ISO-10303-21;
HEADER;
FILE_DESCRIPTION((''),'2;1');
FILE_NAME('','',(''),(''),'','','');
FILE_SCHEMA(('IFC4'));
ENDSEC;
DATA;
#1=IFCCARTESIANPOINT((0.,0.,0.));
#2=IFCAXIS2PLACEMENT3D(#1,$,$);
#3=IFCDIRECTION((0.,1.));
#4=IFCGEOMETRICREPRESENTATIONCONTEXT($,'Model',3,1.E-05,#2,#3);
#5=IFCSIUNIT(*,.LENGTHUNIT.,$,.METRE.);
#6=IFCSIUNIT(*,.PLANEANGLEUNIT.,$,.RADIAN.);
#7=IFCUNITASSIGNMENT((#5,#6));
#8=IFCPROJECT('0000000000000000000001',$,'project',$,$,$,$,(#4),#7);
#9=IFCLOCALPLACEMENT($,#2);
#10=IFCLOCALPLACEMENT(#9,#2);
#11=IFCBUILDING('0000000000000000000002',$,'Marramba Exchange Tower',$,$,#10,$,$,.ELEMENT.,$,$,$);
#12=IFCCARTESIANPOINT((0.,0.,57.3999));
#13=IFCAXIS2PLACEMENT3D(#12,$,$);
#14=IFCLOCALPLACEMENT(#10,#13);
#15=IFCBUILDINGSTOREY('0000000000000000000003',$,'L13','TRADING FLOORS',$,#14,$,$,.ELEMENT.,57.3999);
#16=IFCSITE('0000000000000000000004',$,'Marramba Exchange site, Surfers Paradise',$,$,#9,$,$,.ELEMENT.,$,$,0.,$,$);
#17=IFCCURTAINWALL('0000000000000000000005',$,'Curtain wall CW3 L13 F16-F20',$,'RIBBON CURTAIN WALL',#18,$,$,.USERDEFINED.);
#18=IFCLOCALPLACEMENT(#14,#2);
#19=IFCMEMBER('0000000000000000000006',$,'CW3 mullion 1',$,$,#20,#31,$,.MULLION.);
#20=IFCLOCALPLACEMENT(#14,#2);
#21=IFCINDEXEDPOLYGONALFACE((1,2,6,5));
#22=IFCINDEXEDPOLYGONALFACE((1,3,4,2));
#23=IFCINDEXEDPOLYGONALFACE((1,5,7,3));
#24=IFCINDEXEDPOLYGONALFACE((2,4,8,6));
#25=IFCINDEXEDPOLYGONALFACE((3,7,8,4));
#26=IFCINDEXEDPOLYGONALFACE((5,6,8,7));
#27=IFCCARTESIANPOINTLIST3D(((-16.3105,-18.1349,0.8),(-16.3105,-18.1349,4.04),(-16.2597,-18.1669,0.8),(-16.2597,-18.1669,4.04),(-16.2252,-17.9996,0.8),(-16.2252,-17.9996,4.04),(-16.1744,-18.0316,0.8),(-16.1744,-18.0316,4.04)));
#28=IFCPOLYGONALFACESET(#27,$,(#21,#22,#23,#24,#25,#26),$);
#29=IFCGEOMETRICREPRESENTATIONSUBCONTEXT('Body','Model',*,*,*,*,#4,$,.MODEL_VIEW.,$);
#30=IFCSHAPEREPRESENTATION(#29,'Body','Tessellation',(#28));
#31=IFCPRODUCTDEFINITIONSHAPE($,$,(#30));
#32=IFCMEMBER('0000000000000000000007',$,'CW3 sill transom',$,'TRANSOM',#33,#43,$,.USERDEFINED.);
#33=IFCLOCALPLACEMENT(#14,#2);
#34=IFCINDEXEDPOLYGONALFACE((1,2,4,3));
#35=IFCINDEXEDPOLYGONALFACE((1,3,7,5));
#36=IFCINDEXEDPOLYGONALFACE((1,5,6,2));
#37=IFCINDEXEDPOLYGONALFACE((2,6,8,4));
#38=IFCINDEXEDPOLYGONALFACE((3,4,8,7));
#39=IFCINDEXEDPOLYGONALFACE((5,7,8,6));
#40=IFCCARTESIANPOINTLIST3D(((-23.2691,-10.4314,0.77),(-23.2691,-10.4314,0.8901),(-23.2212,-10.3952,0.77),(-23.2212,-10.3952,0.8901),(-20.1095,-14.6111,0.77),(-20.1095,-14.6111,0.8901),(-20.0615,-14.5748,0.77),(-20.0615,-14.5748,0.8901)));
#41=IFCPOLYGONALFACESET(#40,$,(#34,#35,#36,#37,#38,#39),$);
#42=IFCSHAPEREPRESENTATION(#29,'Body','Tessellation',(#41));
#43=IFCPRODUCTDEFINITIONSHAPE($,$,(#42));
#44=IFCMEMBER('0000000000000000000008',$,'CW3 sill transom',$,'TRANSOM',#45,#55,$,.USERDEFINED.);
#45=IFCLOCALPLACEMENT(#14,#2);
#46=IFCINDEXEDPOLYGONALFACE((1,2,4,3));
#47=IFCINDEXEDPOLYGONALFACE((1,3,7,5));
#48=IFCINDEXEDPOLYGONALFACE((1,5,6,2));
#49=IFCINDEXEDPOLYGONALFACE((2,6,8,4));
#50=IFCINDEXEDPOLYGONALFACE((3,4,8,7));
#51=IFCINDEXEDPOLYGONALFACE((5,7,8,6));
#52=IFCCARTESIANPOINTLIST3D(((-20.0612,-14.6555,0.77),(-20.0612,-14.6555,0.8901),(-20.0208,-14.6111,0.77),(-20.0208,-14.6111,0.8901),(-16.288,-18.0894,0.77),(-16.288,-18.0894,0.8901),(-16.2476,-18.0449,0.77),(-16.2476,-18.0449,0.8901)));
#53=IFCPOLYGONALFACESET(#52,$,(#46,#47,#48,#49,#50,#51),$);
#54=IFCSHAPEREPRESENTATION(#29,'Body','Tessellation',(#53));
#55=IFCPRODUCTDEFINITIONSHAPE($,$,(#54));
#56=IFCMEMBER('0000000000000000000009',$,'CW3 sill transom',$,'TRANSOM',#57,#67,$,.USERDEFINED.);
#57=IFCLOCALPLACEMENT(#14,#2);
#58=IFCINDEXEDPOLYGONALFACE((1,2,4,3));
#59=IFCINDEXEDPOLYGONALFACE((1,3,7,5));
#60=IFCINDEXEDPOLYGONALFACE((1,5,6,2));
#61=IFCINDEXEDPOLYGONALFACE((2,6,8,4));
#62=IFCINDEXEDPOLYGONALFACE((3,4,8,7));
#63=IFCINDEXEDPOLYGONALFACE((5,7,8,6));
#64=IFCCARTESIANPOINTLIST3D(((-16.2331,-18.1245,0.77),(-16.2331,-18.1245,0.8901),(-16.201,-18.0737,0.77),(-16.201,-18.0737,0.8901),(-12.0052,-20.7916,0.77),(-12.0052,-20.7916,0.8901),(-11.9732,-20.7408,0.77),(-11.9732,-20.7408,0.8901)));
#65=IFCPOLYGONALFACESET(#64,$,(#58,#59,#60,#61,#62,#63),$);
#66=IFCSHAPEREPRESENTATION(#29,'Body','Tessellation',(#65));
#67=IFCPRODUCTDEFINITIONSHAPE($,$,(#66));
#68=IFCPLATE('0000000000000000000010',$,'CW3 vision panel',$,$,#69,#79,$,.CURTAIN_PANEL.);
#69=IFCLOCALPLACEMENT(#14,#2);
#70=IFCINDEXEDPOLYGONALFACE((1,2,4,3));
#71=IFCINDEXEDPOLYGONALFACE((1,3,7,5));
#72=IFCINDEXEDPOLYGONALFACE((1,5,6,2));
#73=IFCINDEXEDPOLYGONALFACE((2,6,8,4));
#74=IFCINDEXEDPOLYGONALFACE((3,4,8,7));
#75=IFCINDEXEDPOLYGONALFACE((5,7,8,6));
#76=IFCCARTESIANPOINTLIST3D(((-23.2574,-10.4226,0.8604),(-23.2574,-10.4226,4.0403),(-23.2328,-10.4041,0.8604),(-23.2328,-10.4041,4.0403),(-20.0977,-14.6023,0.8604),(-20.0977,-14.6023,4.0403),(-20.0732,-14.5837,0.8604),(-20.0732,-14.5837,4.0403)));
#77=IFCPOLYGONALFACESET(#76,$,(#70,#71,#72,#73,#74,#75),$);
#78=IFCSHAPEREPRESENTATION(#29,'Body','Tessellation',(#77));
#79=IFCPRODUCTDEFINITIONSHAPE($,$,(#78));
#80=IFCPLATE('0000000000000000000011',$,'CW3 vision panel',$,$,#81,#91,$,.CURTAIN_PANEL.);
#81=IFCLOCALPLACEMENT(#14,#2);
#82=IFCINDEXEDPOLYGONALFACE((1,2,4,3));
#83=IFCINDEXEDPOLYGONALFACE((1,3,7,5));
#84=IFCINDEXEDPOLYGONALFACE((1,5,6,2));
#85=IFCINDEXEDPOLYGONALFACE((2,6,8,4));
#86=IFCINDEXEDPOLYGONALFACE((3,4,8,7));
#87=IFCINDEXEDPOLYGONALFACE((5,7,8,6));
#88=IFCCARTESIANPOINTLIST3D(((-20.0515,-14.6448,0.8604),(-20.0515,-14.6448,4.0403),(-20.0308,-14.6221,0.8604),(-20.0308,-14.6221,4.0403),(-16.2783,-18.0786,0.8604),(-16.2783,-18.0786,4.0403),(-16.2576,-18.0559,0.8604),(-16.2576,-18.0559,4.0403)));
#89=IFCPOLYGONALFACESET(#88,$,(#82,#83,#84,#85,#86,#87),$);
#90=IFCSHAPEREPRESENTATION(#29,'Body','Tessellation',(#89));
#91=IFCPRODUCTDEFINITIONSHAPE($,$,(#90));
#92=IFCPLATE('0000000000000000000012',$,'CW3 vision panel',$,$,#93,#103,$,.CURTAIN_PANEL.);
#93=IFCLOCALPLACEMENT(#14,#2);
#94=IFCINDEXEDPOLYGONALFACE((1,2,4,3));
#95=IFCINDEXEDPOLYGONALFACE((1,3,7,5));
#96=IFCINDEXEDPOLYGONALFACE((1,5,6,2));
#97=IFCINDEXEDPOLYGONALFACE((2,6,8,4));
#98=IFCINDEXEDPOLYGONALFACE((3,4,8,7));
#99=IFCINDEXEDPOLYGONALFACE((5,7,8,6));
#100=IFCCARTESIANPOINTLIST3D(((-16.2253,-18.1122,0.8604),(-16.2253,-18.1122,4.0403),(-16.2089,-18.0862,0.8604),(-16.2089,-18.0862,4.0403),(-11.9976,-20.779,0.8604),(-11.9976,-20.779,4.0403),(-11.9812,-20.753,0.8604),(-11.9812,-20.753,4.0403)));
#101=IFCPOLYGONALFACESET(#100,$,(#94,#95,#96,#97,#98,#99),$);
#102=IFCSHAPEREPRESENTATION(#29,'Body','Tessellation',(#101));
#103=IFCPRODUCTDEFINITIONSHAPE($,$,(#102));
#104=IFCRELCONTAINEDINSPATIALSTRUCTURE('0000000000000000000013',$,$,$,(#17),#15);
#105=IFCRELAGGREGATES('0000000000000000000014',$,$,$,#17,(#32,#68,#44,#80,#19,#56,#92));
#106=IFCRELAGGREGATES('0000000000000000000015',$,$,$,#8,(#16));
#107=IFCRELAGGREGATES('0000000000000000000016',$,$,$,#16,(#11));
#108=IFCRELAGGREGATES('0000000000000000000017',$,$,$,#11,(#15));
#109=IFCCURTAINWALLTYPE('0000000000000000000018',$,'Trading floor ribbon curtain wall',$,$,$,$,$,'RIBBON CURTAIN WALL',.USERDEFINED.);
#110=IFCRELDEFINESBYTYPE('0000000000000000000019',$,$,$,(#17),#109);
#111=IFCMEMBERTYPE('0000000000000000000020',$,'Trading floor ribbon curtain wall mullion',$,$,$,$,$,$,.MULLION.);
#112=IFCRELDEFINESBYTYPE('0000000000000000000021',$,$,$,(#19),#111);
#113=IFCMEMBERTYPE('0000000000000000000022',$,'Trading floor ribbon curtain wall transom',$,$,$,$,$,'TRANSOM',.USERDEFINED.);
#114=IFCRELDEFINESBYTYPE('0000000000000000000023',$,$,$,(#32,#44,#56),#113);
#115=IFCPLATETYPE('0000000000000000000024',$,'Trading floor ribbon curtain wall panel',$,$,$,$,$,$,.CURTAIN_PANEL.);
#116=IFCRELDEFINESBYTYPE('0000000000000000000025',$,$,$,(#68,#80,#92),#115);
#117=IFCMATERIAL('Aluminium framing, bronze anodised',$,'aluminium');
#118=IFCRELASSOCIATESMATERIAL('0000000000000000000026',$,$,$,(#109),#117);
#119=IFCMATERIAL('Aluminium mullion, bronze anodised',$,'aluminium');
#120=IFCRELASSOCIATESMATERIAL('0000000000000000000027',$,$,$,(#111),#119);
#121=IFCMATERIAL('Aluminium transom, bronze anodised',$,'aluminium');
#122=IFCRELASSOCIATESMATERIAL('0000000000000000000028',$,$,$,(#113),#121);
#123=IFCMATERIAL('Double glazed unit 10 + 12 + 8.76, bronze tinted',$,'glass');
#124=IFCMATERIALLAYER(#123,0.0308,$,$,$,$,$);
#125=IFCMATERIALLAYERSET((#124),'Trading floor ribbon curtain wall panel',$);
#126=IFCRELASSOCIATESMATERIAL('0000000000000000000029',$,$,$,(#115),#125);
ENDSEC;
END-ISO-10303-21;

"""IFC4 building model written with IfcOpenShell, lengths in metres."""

from ifc_helpers import new_model, si_unit, direction, frame, origin, origin_2d, place, context, subcontext, project, spatial, rectangle, extrude, material, layer, layer_set, material_profile, profile_set, type_object, element, aggregate, save


model = new_model("IFC4")

# Units and contexts
model_context = context("Model", 3, precision=1e-05, world=origin(), true_north=direction((0.0, 1.0)))
body_context = subcontext(model_context, "Body", "Model", "MODEL_VIEW")
ifc_project = project(units=[si_unit("LENGTHUNIT", "METRE"), si_unit("PLANEANGLEUNIT", "RADIAN")], contexts=[model_context])

# Site, building, storey
site_placement = place(None, origin())
site = spatial("IfcSite", under=ifc_project, at=site_placement, Name="Marramba Exchange site, Surfers Paradise", CompositionType="ELEMENT", RefElevation=0.0)
building_placement = place(site_placement, origin())
building = spatial("IfcBuilding", under=site, at=building_placement, Name="Marramba Exchange Tower", CompositionType="ELEMENT")
storey_placement = place(building_placement, frame((0.0, 0.0, 57.3999)))
storey = spatial("IfcBuildingStorey", under=building, at=storey_placement, Name="L13", Description="TRADING FLOORS", CompositionType="ELEMENT", Elevation=57.3999)

# Curtain wall, members, plates
ifc_material_1 = material(Name="Aluminium framing, bronze anodised", Category="aluminium")
curtain_wall_type = type_object("IfcCurtainWallType", Name="Trading floor ribbon curtain wall", ElementType="RIBBON CURTAIN WALL", PredefinedType="USERDEFINED", material=ifc_material_1)
curtain_wall_placement = place(storey_placement, origin())
curtain_wall = element("IfcCurtainWall", 1, at=curtain_wall_placement, inside=storey, type_object=curtain_wall_type, Name="Curtain wall CW3 L13 F16-F20", ObjectType="RIBBON CURTAIN WALL", PredefinedType="USERDEFINED")
ifc_material_2 = material(Name="Aluminium mullion, bronze anodised", Category="aluminium")
ifc_material_profile_1 = material_profile(ifc_material_2, rectangle(XDim=0.1599, YDim=0.0601, at=origin_2d()), Name="CW3 mullion 60x160")
ifc_profile_set_1 = profile_set([ifc_material_profile_1], Name="Aluminium mullion, bronze anodised")
member_type_1 = type_object("IfcMemberType", Name="Trading floor ribbon curtain wall mullion", PredefinedType="MULLION", material=ifc_profile_set_1)
member_1_placement = place(storey_placement, frame((-16.2424, -18.0833, 0.8), z_axis=(0.0, 0.0, 1.0), x_axis=(0.533515, 0.845791, 0.0)))
member_1 = element("IfcMember", 2, at=member_1_placement, type_object=member_type_1, Name="CW3 mullion 1", PredefinedType="MULLION", context=body_context, shape_type="SweptSolid", body=[
    extrude(rectangle(XDim=0.1599, YDim=0.0601, at=origin_2d()), origin(), (0.0, 0.0, 1.0), 3.24),
])
ifc_material_3 = material(Name="Aluminium transom, bronze anodised", Category="aluminium")
ifc_material_profile_2 = material_profile(ifc_material_3, rectangle(XDim=0.0601, YDim=0.1201, at=origin_2d()), Name="CW3 transom 60x120")
ifc_profile_set_2 = profile_set([ifc_material_profile_2], Name="Aluminium transom, bronze anodised")
member_type_2 = type_object("IfcMemberType", Name="Trading floor ribbon curtain wall transom", ElementType="TRANSOM", PredefinedType="USERDEFINED", material=ifc_profile_set_2)
member_2_placement = place(storey_placement, frame((-23.2451, -10.4133, 0.8301), z_axis=(0.603037, -0.797713, 0.0), x_axis=(0.797713, 0.603037, 0.0)))
member_2 = element("IfcMember", 3, at=member_2_placement, type_object=member_type_2, Name="CW3 sill transom", ObjectType="TRANSOM", PredefinedType="USERDEFINED", context=body_context, shape_type="SweptSolid", body=[
    extrude(rectangle(XDim=0.0601, YDim=0.1201, at=origin_2d()), origin(), (0.0, 0.0, 1.0), 5.2395),
])
member_3_placement = place(storey_placement, frame((-20.041, -14.6333, 0.8301), z_axis=(0.739583, -0.673066, 0.0), x_axis=(0.673066, 0.739583, 0.0)))
member_3 = element("IfcMember", 4, at=member_3_placement, type_object=member_type_2, Name="CW3 sill transom", ObjectType="TRANSOM", PredefinedType="USERDEFINED", context=body_context, shape_type="SweptSolid", body=[
    extrude(rectangle(XDim=0.0601, YDim=0.1201, at=origin_2d()), origin(), (0.0, 0.0, 1.0), 5.1018),
])
member_4_placement = place(storey_placement, frame((-16.217, -18.0991, 0.8301), z_axis=(0.845777, -0.533537, 0.0), x_axis=(0.533537, 0.845777, 0.0)))
member_4 = element("IfcMember", 5, at=member_4_placement, type_object=member_type_2, Name="CW3 sill transom", ObjectType="TRANSOM", PredefinedType="USERDEFINED", context=body_context, shape_type="SweptSolid", body=[
    extrude(rectangle(XDim=0.0601, YDim=0.1201, at=origin_2d()), origin(), (0.0, 0.0, 1.0), 4.9988),
])
ifc_material_4 = material(Name="Double glazed unit 10 + 12 + 8.76, bronze tinted", Category="glass")
ifc_layer_1 = layer(ifc_material_4, 0.0308)
ifc_layer_set_1 = layer_set([ifc_layer_1], Name="Trading floor ribbon curtain wall panel")
plate_type = type_object("IfcPlateType", Name="Trading floor ribbon curtain wall panel", PredefinedType="CURTAIN_PANEL", material=ifc_layer_set_1)
plate_1_placement = place(storey_placement, frame((-21.6653, -12.5032, 0.8604), z_axis=(0.0, 0.0, 1.0), x_axis=(0.60304, -0.797711, 0.0)))
plate_1 = element("IfcPlate", 6, at=plate_1_placement, type_object=plate_type, Name="CW3 vision panel", PredefinedType="CURTAIN_PANEL", context=body_context, shape_type="SweptSolid", body=[
    extrude(rectangle(XDim=5.2395, YDim=0.0308, at=origin_2d()), origin(), (0.0, 0.0, 1.0), 3.1799),
])
plate_2_placement = place(storey_placement, frame((-18.1545, -16.3503, 0.8604), z_axis=(0.0, 0.0, 1.0), x_axis=(0.73959, -0.673058, 0.0)))
plate_2 = element("IfcPlate", 7, at=plate_2_placement, type_object=plate_type, Name="CW3 vision panel", PredefinedType="CURTAIN_PANEL", context=body_context, shape_type="SweptSolid", body=[
    extrude(rectangle(XDim=5.1018, YDim=0.0308, at=origin_2d()), origin(), (0.0, 0.0, 1.0), 3.1799),
])
plate_3_placement = place(storey_placement, frame((-14.1033, -19.4326, 0.8604), z_axis=(0.0, 0.0, 1.0), x_axis=(0.845791, -0.533515, 0.0)))
plate_3 = element("IfcPlate", 8, at=plate_3_placement, type_object=plate_type, Name="CW3 vision panel", PredefinedType="CURTAIN_PANEL", context=body_context, shape_type="SweptSolid", body=[
    extrude(rectangle(XDim=4.9985, YDim=0.0308, at=origin_2d()), origin(), (0.0, 0.0, 1.0), 3.1799),
])
aggregate(curtain_wall, [member_2, plate_1, member_3, plate_2, member_1, member_4, plate_3])

save(model, "model.ifc")
